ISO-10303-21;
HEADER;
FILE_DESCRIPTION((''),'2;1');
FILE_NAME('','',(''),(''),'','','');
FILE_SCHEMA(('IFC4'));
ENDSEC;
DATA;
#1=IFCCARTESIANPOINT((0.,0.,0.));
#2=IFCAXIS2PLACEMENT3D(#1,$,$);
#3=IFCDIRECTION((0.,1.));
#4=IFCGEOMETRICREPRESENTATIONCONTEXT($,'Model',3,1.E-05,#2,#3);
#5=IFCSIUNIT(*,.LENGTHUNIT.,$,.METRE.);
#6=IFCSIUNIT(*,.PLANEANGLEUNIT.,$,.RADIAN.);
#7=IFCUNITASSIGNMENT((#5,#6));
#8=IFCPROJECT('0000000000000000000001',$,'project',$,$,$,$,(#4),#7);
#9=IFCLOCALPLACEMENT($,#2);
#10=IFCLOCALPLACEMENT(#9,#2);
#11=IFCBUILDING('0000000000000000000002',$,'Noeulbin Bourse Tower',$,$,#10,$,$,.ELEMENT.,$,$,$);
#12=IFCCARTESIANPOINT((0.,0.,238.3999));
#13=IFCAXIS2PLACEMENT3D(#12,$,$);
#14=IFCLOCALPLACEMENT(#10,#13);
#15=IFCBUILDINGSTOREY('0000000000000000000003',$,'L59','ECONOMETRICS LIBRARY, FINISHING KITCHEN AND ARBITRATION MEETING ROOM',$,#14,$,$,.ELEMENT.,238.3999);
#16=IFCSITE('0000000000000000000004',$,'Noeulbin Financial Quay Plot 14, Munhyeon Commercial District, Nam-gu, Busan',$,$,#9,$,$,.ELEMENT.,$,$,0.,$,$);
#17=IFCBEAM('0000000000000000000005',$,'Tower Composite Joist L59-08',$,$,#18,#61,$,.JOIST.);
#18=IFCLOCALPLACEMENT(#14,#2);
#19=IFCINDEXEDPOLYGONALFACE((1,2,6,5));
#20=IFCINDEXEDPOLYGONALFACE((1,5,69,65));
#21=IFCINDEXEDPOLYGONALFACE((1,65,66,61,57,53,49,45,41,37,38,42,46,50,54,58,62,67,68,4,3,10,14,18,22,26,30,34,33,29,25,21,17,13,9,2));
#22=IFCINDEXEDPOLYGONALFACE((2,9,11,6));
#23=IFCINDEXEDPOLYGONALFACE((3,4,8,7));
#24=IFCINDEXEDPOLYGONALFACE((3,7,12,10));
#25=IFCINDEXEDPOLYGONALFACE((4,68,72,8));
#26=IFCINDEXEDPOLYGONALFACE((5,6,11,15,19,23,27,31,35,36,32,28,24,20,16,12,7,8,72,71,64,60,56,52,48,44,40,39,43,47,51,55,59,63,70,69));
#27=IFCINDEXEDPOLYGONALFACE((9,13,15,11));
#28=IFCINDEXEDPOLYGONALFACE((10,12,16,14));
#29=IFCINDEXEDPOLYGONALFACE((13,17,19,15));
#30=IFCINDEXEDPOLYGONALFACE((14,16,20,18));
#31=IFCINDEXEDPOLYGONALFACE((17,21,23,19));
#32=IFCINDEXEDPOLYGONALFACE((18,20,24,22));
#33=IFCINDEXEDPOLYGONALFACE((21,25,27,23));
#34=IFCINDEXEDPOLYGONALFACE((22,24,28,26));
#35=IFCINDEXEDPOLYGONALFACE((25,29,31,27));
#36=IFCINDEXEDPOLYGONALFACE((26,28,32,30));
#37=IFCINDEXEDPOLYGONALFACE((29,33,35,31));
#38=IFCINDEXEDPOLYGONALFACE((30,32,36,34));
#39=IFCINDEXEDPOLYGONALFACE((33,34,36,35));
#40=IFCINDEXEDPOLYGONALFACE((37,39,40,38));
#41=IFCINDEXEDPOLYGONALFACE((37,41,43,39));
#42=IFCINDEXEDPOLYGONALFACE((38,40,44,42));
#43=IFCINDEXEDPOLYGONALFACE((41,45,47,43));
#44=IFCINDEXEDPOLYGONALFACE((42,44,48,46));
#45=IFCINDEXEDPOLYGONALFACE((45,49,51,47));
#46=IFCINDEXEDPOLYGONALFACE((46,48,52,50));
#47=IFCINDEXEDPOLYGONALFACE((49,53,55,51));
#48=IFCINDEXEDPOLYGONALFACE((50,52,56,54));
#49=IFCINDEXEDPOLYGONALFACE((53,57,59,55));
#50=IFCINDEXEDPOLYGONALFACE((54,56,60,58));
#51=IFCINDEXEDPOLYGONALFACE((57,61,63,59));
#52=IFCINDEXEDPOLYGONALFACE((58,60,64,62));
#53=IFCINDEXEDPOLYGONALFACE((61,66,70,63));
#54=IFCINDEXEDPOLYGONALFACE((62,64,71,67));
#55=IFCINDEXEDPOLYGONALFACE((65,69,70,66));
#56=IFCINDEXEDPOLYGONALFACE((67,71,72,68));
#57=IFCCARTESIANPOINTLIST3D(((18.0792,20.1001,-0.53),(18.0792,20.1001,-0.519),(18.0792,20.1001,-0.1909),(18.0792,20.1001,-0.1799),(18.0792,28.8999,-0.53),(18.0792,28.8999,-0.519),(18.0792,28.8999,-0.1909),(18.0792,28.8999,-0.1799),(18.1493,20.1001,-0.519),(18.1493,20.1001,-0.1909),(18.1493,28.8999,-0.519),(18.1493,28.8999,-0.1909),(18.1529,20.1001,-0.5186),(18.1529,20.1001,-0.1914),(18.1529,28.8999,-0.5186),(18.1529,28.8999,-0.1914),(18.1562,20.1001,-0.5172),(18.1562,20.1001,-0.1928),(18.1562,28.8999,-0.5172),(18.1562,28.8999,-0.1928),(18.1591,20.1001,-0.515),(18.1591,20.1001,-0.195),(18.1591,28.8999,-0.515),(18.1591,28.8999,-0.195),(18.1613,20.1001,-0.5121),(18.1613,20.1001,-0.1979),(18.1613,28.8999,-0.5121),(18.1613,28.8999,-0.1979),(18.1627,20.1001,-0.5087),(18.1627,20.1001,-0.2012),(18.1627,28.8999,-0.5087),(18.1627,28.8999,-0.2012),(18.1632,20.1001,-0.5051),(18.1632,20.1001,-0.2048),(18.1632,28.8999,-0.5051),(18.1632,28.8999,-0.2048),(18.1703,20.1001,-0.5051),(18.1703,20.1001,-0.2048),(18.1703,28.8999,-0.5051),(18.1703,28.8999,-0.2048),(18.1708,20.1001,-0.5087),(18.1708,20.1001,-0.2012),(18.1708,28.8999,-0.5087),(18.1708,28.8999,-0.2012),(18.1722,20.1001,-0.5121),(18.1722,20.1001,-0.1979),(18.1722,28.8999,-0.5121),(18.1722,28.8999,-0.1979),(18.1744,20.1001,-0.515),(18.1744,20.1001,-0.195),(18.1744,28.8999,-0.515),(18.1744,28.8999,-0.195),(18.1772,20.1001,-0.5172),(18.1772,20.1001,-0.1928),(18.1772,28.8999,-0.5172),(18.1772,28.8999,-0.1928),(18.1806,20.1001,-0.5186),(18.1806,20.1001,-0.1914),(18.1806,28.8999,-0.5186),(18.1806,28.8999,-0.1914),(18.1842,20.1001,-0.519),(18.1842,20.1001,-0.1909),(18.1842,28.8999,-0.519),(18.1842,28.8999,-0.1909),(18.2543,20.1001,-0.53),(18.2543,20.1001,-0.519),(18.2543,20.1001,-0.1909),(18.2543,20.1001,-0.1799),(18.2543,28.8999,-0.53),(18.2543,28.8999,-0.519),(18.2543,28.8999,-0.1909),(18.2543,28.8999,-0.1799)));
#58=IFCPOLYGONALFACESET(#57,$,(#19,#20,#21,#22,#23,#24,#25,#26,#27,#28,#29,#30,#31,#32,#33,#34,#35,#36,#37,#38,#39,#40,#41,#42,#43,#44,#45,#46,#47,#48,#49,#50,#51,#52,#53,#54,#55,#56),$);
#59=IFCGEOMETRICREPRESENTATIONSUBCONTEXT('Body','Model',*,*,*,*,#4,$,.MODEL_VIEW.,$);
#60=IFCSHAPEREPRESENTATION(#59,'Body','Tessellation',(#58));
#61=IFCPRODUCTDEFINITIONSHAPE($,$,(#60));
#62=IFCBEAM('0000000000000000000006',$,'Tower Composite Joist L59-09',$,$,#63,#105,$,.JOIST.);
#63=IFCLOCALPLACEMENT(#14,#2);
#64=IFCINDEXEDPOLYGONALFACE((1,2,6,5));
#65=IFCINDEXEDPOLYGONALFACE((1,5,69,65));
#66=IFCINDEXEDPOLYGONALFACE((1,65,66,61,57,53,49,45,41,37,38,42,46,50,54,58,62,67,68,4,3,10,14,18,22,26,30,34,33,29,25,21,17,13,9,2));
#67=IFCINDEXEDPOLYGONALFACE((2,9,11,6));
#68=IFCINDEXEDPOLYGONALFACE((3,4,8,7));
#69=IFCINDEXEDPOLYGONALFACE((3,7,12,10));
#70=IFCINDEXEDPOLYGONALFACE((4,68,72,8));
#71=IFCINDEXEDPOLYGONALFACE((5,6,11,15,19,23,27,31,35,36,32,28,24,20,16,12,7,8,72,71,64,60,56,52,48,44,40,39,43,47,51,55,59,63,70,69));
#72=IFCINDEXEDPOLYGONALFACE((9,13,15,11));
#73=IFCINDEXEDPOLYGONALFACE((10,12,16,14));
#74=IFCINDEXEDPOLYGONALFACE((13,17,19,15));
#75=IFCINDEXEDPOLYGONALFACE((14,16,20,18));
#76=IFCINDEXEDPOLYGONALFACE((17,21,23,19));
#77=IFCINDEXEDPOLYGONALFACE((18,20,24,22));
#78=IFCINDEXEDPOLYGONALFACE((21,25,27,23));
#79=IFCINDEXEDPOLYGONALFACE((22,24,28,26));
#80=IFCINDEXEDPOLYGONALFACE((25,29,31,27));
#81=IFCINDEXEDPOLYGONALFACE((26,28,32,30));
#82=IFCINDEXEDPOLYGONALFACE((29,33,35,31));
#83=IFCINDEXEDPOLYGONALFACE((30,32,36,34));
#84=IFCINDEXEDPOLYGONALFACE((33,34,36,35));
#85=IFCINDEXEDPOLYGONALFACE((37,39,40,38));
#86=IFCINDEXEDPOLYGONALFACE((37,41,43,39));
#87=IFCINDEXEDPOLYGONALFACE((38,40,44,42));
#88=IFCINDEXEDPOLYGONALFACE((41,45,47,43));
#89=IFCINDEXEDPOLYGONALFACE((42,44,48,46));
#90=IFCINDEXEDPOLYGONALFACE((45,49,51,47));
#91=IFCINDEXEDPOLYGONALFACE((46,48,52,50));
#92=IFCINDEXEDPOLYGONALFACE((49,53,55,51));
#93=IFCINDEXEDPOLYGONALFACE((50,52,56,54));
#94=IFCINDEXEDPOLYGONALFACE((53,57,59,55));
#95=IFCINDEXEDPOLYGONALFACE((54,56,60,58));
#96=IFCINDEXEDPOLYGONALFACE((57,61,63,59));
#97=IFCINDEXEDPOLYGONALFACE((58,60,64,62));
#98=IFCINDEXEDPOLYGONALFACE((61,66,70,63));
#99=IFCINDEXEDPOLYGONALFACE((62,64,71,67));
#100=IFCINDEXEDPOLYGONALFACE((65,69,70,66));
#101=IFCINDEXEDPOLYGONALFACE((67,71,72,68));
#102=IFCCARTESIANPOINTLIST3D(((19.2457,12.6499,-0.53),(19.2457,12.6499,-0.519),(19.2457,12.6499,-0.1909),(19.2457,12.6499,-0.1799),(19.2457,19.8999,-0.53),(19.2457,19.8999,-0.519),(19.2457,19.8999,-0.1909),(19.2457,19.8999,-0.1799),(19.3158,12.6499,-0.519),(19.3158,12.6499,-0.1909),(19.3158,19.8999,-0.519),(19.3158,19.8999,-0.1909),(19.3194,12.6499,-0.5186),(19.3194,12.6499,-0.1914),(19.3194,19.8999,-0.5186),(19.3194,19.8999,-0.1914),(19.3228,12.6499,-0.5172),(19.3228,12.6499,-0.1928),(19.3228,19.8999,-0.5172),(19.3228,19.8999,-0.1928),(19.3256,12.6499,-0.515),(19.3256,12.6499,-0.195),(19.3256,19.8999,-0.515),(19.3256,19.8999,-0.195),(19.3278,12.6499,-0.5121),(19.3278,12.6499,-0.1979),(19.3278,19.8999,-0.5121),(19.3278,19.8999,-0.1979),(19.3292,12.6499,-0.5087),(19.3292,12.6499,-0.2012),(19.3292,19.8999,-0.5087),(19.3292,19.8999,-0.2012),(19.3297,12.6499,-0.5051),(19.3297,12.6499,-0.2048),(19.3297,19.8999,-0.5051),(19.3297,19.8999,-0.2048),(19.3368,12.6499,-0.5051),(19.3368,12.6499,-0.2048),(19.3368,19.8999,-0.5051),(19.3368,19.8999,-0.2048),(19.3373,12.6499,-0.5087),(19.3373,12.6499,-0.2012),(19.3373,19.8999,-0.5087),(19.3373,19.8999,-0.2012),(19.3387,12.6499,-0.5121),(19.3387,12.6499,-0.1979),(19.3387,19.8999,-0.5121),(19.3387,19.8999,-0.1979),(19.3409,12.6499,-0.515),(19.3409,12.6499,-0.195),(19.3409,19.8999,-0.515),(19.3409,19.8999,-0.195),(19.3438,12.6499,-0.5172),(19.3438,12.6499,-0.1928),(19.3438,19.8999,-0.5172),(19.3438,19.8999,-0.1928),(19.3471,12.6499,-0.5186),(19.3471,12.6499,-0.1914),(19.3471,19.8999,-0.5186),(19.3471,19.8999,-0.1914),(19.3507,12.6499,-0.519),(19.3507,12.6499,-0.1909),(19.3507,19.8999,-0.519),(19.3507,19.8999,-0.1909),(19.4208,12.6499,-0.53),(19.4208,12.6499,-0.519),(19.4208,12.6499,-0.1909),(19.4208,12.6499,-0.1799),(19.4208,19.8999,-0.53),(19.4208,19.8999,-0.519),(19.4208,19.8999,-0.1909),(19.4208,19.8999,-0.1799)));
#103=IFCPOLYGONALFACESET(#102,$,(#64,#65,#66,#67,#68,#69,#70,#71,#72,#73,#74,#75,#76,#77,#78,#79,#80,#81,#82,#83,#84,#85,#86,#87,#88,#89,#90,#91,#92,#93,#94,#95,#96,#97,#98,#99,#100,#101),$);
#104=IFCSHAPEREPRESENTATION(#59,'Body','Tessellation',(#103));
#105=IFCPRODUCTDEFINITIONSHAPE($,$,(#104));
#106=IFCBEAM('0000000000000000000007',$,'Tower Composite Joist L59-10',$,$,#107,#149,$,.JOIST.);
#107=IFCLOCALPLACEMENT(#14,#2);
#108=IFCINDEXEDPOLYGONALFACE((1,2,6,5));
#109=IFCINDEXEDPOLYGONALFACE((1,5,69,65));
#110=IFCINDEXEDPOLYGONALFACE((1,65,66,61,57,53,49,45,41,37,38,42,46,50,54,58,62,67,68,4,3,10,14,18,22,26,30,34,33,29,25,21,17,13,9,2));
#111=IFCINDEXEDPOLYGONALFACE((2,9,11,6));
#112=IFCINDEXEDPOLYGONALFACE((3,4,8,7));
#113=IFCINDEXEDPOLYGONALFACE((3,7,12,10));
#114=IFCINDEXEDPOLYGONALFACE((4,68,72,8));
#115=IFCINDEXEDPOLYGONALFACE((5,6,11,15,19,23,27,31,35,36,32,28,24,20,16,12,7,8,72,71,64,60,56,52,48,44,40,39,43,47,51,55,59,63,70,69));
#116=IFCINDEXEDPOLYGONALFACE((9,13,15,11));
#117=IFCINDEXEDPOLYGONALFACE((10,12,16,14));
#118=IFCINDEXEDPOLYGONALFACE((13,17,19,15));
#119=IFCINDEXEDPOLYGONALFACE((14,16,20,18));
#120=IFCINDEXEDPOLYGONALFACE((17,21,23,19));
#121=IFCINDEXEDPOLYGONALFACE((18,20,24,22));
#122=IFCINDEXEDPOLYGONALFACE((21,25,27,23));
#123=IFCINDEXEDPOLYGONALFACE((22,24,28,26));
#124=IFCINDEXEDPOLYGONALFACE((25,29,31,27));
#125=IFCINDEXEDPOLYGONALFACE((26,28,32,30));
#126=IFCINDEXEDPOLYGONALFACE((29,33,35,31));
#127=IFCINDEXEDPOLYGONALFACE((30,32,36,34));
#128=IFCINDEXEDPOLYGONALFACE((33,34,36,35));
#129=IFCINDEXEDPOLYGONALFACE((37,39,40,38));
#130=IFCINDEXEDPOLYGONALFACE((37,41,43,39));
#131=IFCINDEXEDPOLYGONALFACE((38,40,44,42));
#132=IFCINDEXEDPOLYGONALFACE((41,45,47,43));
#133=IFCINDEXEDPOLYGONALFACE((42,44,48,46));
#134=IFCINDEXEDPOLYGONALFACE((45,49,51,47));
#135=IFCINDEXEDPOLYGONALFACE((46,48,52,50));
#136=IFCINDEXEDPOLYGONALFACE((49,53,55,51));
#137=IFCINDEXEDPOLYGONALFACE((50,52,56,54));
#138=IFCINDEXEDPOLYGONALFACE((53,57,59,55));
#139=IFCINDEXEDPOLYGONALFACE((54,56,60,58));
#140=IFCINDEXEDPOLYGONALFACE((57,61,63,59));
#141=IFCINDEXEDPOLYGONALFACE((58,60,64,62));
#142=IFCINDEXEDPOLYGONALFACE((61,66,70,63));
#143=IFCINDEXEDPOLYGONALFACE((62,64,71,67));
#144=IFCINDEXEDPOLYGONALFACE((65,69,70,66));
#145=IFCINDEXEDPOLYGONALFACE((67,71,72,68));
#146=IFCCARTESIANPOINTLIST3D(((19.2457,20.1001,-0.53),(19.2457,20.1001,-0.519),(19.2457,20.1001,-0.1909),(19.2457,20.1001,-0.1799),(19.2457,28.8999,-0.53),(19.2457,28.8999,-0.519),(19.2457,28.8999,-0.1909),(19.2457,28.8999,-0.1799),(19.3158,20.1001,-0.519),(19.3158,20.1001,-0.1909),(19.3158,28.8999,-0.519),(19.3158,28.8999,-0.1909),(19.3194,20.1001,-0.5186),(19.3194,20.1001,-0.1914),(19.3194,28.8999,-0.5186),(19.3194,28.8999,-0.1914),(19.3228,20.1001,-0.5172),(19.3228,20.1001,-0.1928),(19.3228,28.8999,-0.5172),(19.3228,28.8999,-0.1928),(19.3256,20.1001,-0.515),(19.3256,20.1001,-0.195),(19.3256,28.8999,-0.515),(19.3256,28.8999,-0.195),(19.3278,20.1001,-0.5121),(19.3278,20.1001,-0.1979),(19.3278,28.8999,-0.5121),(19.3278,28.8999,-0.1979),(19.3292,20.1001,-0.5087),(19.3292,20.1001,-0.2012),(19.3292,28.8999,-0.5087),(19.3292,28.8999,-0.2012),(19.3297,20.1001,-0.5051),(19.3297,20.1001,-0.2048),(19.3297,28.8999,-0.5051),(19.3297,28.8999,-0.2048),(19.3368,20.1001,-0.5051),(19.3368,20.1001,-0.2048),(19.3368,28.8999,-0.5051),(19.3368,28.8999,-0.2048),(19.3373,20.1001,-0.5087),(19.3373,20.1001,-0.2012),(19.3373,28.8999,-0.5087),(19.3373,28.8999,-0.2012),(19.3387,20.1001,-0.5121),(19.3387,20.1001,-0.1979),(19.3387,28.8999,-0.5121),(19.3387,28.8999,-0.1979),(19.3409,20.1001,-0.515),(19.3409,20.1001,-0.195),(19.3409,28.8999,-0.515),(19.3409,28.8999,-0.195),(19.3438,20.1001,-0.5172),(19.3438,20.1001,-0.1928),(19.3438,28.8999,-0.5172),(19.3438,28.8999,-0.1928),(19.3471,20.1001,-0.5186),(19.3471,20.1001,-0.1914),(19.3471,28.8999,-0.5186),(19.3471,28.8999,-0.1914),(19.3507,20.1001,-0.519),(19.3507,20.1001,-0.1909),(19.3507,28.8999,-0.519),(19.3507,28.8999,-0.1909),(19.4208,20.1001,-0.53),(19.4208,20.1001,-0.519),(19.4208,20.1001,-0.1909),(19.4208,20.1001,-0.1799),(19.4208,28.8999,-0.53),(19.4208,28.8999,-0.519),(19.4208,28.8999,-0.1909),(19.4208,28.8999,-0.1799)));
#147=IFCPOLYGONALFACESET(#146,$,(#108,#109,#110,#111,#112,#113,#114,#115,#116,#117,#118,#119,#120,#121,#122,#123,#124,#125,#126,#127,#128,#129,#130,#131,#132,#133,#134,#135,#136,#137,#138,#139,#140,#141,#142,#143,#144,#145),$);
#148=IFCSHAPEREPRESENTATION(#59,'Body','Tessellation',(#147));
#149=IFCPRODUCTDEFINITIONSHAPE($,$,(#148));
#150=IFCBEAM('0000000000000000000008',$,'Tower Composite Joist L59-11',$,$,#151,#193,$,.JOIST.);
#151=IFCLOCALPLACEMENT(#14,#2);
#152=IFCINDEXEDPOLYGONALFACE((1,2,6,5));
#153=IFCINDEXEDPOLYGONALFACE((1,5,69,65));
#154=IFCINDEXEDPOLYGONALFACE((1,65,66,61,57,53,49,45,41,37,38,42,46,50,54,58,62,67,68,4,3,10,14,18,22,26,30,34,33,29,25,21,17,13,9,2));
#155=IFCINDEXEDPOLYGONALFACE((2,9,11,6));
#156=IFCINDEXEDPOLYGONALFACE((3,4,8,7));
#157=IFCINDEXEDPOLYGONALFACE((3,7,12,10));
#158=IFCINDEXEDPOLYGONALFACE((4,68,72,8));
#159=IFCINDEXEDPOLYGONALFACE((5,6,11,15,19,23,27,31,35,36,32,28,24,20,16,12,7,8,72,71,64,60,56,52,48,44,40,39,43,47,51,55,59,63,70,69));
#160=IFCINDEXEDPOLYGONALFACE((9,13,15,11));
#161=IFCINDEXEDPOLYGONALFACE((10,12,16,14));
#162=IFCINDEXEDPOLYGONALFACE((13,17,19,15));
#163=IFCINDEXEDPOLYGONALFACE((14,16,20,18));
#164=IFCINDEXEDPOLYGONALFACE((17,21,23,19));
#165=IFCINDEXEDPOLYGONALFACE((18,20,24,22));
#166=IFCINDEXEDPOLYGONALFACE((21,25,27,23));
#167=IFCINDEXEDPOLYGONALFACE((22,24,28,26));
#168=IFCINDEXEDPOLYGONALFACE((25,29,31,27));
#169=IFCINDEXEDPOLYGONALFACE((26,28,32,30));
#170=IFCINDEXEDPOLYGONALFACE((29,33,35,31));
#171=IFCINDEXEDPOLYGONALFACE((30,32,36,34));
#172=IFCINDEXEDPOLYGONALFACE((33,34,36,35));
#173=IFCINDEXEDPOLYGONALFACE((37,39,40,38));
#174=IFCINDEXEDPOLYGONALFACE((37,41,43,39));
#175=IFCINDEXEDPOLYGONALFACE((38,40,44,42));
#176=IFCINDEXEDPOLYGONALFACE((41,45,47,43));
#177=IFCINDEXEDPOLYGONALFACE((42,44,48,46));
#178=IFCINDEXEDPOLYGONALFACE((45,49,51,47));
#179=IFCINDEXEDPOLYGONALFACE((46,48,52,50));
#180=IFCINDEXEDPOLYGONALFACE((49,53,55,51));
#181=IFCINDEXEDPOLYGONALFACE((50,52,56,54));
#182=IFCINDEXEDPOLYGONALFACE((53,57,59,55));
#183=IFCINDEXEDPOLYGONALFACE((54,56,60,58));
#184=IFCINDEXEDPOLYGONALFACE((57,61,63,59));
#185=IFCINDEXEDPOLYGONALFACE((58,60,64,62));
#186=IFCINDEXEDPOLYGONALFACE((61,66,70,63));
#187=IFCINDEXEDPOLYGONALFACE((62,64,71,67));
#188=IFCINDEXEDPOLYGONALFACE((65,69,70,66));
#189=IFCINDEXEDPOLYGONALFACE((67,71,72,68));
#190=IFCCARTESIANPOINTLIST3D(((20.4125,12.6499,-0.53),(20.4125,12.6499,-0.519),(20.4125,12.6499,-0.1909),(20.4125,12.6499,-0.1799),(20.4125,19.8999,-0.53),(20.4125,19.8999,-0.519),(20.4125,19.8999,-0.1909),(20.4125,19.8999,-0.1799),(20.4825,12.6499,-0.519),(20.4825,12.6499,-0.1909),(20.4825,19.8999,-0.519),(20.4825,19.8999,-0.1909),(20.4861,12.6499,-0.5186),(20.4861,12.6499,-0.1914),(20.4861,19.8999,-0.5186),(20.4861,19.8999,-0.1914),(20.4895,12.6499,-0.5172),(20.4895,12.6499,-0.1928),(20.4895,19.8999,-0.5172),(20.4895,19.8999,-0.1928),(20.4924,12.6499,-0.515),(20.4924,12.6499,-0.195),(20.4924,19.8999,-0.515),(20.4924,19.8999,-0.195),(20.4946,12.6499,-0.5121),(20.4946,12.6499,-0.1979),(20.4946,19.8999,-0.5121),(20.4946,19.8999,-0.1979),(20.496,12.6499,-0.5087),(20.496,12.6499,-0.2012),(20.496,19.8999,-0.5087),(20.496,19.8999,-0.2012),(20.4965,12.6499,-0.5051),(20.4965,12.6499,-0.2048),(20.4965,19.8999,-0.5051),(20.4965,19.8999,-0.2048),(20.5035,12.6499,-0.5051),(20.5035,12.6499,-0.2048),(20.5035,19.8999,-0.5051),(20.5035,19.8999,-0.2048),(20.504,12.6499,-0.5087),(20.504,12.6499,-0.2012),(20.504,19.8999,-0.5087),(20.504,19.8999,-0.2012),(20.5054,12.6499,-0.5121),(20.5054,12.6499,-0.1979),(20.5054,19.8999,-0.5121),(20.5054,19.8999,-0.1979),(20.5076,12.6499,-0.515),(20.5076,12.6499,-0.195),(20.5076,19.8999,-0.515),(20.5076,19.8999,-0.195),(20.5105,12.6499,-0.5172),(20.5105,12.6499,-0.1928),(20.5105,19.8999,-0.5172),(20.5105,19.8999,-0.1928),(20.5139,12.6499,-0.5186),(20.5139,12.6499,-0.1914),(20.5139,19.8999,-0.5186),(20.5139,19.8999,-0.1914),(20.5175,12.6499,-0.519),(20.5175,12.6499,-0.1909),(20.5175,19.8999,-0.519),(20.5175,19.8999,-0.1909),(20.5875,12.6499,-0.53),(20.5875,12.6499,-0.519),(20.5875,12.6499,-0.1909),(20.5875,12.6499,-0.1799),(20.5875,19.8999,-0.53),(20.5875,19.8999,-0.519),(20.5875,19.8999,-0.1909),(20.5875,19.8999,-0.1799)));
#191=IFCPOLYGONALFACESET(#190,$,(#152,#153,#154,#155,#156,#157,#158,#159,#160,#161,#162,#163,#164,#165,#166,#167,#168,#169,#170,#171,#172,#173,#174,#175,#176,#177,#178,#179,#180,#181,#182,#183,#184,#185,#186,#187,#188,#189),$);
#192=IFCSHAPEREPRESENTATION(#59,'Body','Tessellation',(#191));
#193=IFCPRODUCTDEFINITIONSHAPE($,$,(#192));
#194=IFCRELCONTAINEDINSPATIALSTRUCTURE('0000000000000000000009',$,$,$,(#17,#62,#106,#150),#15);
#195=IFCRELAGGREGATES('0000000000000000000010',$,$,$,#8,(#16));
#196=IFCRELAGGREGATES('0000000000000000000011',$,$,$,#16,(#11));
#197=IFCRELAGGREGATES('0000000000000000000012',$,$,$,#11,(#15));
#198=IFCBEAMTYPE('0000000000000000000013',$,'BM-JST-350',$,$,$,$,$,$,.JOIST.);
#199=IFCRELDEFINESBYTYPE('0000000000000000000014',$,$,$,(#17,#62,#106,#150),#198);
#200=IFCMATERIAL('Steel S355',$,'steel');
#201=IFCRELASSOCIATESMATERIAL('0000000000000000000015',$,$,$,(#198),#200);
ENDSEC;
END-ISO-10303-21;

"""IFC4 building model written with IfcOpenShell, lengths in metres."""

from ifc_helpers import new_model, si_unit, direction, frame, origin, origin_2d, place, context, subcontext, project, spatial, i_section, extrude, material, material_profile, profile_set, type_object, element, save


model = new_model("IFC4")

# Units and contexts
model_context = context("Model", 3, precision=1e-05, world=origin(), true_north=direction((0.0, 1.0)))
body_context = subcontext(model_context, "Body", "Model", "MODEL_VIEW")
ifc_project = project(units=[si_unit("LENGTHUNIT", "METRE"), si_unit("PLANEANGLEUNIT", "RADIAN")], contexts=[model_context])

# Site, building, storey
site_placement = place(None, origin())
site = spatial("IfcSite", under=ifc_project, at=site_placement, Name="Noeulbin Financial Quay Plot 14, Munhyeon Commercial District, Nam-gu, Busan", CompositionType="ELEMENT", RefElevation=0.0)
building_placement = place(site_placement, origin())
building = spatial("IfcBuilding", under=site, at=building_placement, Name="Noeulbin Bourse Tower", CompositionType="ELEMENT")
storey_placement = place(building_placement, frame((0.0, 0.0, 238.3999)))
storey = spatial("IfcBuildingStorey", under=building, at=storey_placement, Name="L59", Description="ECONOMETRICS LIBRARY, FINISHING KITCHEN AND ARBITRATION MEETING ROOM", CompositionType="ELEMENT", Elevation=238.3999)

# Shared definitions
ifc_material_1 = material(Name="Steel S355", Category="steel")

# Beams
ifc_material_profile_1 = material_profile(ifc_material_1, i_section(OverallWidth=0.175, OverallDepth=0.3501, WebThickness=0.0071, FlangeThickness=0.011, FilletRadius=0.0139, at=origin_2d()), Name="H-350x175x7x11", Category="LoadBearing")
ifc_profile_set_1 = profile_set([ifc_material_profile_1], Name="Steel S355")
beam_type_1 = type_object("IfcBeamType", Name="BM-JST-350", PredefinedType="JOIST", material=ifc_profile_set_1)
beam_1_placement = place(storey_placement, frame((18.1667, 20.1001, -0.355), z_axis=(0.0, 1.0, 0.0), x_axis=(-1.0, 0.0, 0.0)))
element("IfcBeam", 1, at=beam_1_placement, inside=storey, type_object=beam_type_1, Name="Tower Composite Joist L59-08", PredefinedType="JOIST", context=body_context, shape_type="SweptSolid", body=[
    extrude(i_section(OverallWidth=0.175, OverallDepth=0.3501, WebThickness=0.0071, FlangeThickness=0.011, FilletRadius=0.0139, at=origin_2d()), origin(), (0.0, 0.0, 1.0), 8.7998),
])
beam_2_placement = place(storey_placement, frame((19.3333, 12.6499, -0.355), z_axis=(0.0, 1.0, 0.0), x_axis=(-1.0, 0.0, 0.0)))
element("IfcBeam", 2, at=beam_2_placement, inside=storey, type_object=beam_type_1, Name="Tower Composite Joist L59-09", PredefinedType="JOIST", context=body_context, shape_type="SweptSolid", body=[
    extrude(i_section(OverallWidth=0.175, OverallDepth=0.3501, WebThickness=0.0071, FlangeThickness=0.011, FilletRadius=0.0139, at=origin_2d()), origin(), (0.0, 0.0, 1.0), 7.25),
])
beam_3_placement = place(storey_placement, frame((19.3333, 20.1001, -0.355), z_axis=(0.0, 1.0, 0.0), x_axis=(-1.0, 0.0, 0.0)))
element("IfcBeam", 3, at=beam_3_placement, inside=storey, type_object=beam_type_1, Name="Tower Composite Joist L59-10", PredefinedType="JOIST", context=body_context, shape_type="SweptSolid", body=[
    extrude(i_section(OverallWidth=0.175, OverallDepth=0.3501, WebThickness=0.0071, FlangeThickness=0.011, FilletRadius=0.0139, at=origin_2d()), origin(), (0.0, 0.0, 1.0), 8.7998),
])
beam_4_placement = place(storey_placement, frame((20.5, 12.6499, -0.355), z_axis=(0.0, 1.0, 0.0), x_axis=(-1.0, 0.0, 0.0)))
element("IfcBeam", 4, at=beam_4_placement, inside=storey, type_object=beam_type_1, Name="Tower Composite Joist L59-11", PredefinedType="JOIST", context=body_context, shape_type="SweptSolid", body=[
    extrude(i_section(OverallWidth=0.175, OverallDepth=0.3501, WebThickness=0.0071, FlangeThickness=0.011, FilletRadius=0.0139, at=origin_2d()), origin(), (0.0, 0.0, 1.0), 7.25),
])

save(model, "model.ifc")
